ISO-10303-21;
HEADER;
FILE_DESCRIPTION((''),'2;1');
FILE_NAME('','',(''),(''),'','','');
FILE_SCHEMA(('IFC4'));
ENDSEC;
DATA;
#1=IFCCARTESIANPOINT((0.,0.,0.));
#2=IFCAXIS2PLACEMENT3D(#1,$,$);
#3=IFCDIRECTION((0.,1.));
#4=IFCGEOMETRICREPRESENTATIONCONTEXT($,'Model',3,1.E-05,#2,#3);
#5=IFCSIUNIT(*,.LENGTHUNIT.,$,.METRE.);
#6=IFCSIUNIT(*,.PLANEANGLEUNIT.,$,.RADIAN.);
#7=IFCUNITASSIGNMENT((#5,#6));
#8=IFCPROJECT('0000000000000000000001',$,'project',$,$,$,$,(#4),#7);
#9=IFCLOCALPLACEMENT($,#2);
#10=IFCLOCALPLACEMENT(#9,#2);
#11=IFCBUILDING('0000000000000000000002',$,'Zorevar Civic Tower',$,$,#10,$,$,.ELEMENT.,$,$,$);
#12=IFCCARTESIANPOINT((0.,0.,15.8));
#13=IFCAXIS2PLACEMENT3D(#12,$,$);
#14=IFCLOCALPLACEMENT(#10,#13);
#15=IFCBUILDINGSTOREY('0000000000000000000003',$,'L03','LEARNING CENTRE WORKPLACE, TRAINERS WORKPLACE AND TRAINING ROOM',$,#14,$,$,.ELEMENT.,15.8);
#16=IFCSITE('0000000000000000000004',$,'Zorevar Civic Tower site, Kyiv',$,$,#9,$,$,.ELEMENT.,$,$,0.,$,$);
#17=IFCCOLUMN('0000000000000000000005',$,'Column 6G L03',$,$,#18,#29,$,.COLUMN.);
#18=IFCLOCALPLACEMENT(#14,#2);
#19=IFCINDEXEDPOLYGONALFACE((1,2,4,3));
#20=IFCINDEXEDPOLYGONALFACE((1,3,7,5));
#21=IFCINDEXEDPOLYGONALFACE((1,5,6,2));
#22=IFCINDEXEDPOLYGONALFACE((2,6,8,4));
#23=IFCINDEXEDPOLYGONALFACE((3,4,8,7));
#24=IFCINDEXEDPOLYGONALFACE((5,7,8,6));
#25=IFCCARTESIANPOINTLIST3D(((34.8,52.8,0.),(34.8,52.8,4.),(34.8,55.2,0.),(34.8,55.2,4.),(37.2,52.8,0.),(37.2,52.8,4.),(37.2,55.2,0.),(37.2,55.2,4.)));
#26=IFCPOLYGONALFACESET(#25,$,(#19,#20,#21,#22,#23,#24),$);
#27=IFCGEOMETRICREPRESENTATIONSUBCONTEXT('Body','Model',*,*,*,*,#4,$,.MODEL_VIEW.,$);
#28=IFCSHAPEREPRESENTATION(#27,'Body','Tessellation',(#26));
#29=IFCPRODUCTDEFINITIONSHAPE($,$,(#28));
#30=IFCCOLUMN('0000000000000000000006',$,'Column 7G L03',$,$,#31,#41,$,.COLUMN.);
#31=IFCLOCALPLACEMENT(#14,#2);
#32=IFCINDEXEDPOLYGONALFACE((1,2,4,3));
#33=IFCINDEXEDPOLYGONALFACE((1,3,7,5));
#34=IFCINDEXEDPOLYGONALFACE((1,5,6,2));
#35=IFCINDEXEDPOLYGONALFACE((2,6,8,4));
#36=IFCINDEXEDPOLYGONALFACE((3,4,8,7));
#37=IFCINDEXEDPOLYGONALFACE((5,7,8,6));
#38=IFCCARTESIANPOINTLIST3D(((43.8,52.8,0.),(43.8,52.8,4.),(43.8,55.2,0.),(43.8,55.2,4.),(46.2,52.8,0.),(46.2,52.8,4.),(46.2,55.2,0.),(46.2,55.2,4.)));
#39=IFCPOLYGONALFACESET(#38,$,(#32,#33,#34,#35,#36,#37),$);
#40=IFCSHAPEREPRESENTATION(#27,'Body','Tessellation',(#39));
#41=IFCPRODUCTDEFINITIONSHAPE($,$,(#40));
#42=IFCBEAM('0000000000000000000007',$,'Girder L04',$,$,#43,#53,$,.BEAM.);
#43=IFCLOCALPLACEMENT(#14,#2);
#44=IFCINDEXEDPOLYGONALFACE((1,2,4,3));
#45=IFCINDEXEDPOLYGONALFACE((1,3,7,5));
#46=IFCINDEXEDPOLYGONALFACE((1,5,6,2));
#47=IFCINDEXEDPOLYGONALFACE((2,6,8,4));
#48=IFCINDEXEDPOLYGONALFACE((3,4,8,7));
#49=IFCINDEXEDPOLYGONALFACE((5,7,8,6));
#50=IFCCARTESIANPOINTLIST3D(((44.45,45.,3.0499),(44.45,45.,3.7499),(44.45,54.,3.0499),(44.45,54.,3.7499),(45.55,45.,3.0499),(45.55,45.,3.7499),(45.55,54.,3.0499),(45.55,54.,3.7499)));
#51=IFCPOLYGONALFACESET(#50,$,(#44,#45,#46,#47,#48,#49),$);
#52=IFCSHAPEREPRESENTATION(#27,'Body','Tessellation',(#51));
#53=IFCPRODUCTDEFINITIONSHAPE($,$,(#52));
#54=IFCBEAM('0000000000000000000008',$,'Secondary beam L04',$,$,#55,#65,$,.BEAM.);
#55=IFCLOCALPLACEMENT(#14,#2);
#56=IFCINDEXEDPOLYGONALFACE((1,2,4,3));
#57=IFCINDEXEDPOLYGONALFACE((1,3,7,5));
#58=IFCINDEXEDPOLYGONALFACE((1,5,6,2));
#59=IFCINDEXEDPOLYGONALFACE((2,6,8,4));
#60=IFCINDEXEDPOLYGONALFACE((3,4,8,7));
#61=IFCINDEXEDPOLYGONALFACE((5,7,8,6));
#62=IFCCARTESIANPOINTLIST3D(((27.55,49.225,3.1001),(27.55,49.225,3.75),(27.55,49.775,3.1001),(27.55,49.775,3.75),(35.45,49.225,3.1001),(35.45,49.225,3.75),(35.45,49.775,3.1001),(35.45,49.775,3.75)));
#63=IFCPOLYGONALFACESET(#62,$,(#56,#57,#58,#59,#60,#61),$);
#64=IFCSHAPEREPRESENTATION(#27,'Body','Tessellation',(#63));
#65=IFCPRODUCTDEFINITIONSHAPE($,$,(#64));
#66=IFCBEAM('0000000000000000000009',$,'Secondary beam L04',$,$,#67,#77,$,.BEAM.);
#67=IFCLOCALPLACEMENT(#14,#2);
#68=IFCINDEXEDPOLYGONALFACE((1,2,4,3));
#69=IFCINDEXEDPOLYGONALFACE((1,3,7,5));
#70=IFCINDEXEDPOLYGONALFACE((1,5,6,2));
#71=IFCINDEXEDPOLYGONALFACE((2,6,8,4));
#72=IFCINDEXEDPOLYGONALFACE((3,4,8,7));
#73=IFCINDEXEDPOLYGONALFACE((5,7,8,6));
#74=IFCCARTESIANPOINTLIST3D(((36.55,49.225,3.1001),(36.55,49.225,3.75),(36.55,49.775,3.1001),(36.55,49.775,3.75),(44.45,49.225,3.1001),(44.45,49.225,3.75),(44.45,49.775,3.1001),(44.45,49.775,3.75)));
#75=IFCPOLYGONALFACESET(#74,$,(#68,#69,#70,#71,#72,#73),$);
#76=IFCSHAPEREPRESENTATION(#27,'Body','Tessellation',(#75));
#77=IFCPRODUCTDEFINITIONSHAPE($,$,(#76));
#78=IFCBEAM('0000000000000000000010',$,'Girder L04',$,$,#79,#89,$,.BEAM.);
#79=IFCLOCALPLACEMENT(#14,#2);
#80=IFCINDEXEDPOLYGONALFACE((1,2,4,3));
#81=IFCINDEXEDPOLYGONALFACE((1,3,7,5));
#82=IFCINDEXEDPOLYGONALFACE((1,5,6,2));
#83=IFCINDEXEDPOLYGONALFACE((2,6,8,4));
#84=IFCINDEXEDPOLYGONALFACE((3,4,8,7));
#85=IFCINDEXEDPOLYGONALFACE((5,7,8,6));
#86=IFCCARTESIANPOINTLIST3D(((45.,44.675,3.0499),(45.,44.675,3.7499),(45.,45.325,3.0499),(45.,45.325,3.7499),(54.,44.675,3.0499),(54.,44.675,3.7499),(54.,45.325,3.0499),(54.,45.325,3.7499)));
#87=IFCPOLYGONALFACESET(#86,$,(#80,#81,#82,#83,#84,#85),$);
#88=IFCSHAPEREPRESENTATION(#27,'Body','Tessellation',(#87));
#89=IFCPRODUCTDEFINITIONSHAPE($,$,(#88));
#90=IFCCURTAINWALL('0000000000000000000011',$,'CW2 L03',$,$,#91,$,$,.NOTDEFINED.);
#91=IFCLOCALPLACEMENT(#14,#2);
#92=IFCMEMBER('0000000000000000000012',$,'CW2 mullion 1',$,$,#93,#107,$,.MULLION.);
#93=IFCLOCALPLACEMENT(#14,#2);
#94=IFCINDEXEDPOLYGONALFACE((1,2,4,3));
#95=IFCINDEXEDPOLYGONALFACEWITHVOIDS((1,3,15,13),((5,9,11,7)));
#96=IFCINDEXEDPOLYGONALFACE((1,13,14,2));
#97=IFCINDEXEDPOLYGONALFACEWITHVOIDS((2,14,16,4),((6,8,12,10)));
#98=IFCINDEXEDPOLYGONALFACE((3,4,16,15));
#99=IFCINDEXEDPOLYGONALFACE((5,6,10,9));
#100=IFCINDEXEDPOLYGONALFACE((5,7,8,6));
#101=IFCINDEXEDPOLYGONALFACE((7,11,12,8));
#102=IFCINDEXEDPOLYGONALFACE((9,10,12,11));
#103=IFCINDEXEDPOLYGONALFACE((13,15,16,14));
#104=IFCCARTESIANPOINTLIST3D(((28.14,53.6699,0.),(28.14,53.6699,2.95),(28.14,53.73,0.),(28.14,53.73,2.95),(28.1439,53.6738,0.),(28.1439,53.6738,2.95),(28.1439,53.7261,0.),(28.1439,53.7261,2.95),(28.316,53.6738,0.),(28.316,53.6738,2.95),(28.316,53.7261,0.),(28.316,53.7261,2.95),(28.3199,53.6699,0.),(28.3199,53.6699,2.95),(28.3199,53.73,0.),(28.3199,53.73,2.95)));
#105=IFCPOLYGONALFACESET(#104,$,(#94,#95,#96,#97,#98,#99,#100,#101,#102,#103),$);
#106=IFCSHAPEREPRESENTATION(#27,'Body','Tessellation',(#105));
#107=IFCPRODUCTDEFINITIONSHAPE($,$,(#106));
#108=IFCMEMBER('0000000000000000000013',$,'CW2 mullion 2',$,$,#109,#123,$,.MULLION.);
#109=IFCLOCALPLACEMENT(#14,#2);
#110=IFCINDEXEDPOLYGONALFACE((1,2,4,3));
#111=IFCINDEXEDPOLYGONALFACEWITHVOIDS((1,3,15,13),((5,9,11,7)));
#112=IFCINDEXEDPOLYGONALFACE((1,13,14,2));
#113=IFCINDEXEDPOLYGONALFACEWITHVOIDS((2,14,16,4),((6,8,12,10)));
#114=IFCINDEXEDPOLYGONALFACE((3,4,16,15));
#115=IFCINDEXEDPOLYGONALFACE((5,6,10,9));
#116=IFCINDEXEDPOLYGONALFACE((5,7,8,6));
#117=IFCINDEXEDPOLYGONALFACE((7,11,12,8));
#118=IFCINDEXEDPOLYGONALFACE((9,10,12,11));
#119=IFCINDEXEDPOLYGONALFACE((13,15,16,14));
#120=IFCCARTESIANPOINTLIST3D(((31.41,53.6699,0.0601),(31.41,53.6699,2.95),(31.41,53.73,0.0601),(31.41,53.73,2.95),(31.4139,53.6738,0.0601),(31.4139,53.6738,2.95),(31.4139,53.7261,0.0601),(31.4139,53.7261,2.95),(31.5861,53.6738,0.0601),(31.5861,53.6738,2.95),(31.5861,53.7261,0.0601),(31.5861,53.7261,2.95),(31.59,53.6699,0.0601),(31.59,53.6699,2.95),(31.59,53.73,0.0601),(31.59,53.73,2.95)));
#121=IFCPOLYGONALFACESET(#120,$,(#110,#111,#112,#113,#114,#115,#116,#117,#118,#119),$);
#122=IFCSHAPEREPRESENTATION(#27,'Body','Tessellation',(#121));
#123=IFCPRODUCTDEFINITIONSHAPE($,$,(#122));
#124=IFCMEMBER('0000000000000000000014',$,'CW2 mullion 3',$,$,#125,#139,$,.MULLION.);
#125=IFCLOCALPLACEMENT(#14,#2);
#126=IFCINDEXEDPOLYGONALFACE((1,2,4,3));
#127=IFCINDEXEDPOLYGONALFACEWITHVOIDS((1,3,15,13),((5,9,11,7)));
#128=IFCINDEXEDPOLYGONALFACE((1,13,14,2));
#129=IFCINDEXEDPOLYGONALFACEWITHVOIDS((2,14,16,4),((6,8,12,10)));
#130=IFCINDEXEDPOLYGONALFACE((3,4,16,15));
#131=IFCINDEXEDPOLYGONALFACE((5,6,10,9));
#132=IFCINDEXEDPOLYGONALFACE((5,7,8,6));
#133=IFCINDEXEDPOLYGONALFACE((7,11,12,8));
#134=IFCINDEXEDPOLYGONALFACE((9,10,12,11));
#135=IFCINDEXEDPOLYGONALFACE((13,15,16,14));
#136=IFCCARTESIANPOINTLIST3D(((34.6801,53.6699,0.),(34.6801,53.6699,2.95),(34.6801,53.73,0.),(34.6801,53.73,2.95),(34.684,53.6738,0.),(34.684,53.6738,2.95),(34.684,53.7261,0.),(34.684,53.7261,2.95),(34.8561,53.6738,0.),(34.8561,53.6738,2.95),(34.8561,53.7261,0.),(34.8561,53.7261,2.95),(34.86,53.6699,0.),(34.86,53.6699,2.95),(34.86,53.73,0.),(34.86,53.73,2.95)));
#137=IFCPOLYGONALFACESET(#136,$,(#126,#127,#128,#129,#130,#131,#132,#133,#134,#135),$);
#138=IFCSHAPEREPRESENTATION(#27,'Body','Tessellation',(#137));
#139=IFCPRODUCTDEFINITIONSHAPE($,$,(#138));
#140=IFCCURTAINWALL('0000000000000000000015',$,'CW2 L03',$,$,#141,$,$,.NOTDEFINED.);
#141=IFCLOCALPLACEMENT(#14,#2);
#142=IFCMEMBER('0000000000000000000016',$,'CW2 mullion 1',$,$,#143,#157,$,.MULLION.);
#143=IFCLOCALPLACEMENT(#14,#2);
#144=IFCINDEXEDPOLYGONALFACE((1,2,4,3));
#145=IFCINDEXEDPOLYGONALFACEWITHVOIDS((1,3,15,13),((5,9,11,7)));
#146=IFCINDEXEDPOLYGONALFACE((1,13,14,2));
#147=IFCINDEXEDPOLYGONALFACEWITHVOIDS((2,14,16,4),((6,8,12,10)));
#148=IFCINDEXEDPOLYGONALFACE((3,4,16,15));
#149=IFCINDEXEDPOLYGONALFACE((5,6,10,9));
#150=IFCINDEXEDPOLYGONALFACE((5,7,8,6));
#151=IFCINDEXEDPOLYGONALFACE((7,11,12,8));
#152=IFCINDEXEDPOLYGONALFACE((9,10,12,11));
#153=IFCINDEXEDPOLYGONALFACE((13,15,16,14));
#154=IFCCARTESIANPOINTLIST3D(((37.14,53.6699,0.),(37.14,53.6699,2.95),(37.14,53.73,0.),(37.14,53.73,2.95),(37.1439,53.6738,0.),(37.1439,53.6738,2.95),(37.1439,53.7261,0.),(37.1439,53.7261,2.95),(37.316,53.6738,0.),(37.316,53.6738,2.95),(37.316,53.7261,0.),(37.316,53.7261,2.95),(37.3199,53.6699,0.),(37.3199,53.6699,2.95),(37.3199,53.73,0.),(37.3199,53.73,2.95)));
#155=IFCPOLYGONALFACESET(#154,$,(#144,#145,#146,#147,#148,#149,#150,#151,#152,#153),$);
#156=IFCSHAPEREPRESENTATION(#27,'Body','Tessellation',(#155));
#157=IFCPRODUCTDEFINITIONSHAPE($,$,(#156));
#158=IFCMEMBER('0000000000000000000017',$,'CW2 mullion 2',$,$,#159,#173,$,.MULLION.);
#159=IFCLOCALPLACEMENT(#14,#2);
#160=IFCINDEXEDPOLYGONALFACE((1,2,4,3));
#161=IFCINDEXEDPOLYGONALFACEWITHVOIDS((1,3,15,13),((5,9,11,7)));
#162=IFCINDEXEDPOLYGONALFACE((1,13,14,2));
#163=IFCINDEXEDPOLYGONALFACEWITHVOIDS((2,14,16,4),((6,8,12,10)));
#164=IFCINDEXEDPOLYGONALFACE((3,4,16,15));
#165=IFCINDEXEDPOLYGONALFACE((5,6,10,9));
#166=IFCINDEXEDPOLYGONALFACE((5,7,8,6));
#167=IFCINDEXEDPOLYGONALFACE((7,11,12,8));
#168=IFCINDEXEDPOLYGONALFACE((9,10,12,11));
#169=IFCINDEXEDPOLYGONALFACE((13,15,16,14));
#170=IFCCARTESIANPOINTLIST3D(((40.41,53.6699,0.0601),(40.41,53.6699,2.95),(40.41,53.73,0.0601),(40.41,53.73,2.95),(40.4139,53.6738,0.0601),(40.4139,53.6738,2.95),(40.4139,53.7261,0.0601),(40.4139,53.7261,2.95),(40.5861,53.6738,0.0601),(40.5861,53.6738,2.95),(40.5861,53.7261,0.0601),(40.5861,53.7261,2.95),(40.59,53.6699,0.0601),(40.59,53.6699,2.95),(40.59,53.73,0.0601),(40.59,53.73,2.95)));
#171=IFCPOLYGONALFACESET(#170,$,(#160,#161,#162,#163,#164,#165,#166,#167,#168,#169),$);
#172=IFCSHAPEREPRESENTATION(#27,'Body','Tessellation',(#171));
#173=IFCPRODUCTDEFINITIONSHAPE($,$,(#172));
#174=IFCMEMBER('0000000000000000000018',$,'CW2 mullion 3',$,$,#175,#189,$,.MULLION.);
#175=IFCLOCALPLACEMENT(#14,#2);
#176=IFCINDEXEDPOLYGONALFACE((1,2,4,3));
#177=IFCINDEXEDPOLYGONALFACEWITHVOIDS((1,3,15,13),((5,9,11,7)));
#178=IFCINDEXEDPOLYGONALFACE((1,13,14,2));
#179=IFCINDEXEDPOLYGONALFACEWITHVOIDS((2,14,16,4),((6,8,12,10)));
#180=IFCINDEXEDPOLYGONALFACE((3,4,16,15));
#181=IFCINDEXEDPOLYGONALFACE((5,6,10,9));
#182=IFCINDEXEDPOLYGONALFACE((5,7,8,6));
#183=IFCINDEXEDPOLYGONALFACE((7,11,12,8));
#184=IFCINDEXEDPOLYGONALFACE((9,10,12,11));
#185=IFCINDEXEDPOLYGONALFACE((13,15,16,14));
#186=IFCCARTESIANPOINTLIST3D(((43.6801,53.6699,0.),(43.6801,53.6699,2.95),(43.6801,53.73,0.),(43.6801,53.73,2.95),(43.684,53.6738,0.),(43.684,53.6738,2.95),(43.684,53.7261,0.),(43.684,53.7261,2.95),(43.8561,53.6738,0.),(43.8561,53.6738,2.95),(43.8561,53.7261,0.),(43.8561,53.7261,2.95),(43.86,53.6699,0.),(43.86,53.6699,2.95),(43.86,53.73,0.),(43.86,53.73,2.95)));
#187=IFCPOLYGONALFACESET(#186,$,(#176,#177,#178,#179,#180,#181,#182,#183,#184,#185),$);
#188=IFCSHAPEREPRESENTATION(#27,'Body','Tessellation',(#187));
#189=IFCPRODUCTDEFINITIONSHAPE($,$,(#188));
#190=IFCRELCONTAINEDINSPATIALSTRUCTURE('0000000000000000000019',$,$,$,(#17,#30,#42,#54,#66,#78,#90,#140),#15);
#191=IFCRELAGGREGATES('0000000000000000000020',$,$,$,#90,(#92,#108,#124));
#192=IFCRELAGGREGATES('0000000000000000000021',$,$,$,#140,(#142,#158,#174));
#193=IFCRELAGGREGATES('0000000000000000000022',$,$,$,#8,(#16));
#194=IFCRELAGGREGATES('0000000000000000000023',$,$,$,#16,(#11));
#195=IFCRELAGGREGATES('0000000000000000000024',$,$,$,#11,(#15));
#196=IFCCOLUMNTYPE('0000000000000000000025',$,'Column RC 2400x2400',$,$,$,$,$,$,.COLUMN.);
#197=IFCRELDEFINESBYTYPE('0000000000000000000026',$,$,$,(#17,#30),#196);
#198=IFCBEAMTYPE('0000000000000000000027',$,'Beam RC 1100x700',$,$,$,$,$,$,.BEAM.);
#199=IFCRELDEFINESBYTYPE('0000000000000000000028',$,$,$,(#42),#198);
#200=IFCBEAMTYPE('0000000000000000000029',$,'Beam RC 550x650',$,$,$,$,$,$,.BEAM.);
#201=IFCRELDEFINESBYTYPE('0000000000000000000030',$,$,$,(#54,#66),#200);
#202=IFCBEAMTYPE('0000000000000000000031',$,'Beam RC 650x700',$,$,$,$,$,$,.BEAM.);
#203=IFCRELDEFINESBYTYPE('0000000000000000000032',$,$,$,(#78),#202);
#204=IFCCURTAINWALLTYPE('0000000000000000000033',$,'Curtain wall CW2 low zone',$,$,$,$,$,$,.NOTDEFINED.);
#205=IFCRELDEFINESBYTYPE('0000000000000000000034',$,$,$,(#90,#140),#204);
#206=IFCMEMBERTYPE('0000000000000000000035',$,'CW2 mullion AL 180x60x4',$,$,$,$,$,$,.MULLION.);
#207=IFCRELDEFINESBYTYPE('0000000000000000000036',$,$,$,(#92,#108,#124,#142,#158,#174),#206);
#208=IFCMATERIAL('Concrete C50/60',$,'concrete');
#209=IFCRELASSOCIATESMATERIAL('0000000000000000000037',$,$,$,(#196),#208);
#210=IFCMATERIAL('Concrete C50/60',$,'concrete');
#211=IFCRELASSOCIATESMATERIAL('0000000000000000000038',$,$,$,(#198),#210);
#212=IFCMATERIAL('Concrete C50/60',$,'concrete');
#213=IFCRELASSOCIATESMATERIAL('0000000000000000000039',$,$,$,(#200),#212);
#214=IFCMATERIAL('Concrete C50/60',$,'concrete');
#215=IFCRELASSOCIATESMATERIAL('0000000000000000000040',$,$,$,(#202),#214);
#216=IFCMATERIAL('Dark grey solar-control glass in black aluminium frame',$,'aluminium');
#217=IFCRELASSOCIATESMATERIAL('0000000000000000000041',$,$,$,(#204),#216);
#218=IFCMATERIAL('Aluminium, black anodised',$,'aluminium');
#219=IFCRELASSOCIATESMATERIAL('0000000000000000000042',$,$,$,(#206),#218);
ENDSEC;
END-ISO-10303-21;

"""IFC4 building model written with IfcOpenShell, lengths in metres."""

from ifc_helpers import new_model, si_unit, direction, frame, origin, origin_2d, place, context, subcontext, project, spatial, rectangle, hollow_rectangle, extrude, material, material_profile, profile_set, type_object, element, aggregate, save


model = new_model("IFC4")

# Units and contexts
model_context = context("Model", 3, precision=1e-05, world=origin(), true_north=direction((0.0, 1.0)))
body_context = subcontext(model_context, "Body", "Model", "MODEL_VIEW")
ifc_project = project(units=[si_unit("LENGTHUNIT", "METRE"), si_unit("PLANEANGLEUNIT", "RADIAN")], contexts=[model_context])

# Site, building, storey
site_placement = place(None, origin())
site = spatial("IfcSite", under=ifc_project, at=site_placement, Name="Zorevar Civic Tower site, Kyiv", CompositionType="ELEMENT", RefElevation=0.0)
building_placement = place(site_placement, origin())
building = spatial("IfcBuilding", under=site, at=building_placement, Name="Zorevar Civic Tower", CompositionType="ELEMENT")
storey_placement = place(building_placement, frame((0.0, 0.0, 15.8)))
storey = spatial("IfcBuildingStorey", under=building, at=storey_placement, Name="L03", Description="LEARNING CENTRE WORKPLACE, TRAINERS WORKPLACE AND TRAINING ROOM", CompositionType="ELEMENT", Elevation=15.8)

# Columns
ifc_material_1 = material(Name="Concrete C50/60", Category="concrete")
ifc_material_profile_1 = material_profile(ifc_material_1, rectangle(XDim=2.3999, YDim=2.3999, at=origin_2d()), Name="RC 2400x2400")
ifc_profile_set_1 = profile_set([ifc_material_profile_1], Name="Concrete C50/60")
column_type = type_object("IfcColumnType", Name="Column RC 2400x2400", PredefinedType="COLUMN", material=ifc_profile_set_1)
for number, where, z_axis, x_axis, name in (
    (1, (36.0, 54.0, 0.0), (0.0, 0.0, 1.0), (1.0, 0.0, 0.0), "Column 6G L03"),
    (2, (45.0, 54.0, 0.0), (0.0, 0.0, 1.0), (1.0, 0.0, 0.0), "Column 7G L03"),
):
    element("IfcColumn", number, at=place(storey_placement, frame(where, z_axis=z_axis, x_axis=x_axis)), inside=storey, type_object=column_type, Name=name, PredefinedType="COLUMN", context=body_context, shape_type="SweptSolid", body=[
        extrude(rectangle(XDim=2.3999, YDim=2.3999, at=origin_2d()), origin(), (0.0, 0.0, 1.0), 4.0),
    ])

# Beams
ifc_material_2 = material(Name="Concrete C50/60", Category="concrete")
ifc_material_profile_2 = material_profile(ifc_material_2, rectangle(XDim=1.1001, YDim=0.7, at=origin_2d()), Name="RC 1100x700")
ifc_profile_set_2 = profile_set([ifc_material_profile_2], Name="Concrete C50/60")
beam_type_1 = type_object("IfcBeamType", Name="Beam RC 1100x700", PredefinedType="BEAM", material=ifc_profile_set_2)
beam_1_placement = place(storey_placement, frame((45.0, 45.0, 3.3999), z_axis=(0.0, 1.0, 0.0), x_axis=(-1.0, 0.0, 0.0)))
element("IfcBeam", 3, at=beam_1_placement, inside=storey, type_object=beam_type_1, Name="Girder L04", PredefinedType="BEAM", context=body_context, shape_type="SweptSolid", body=[
    extrude(rectangle(XDim=1.1001, YDim=0.7, at=origin_2d()), origin(), (0.0, 0.0, 1.0), 9.0),
])
ifc_material_3 = material(Name="Concrete C50/60", Category="concrete")
ifc_material_profile_3 = material_profile(ifc_material_3, rectangle(XDim=0.55, YDim=0.6499, at=origin_2d()), Name="RC 550x650")
ifc_profile_set_3 = profile_set([ifc_material_profile_3], Name="Concrete C50/60")
beam_type_2 = type_object("IfcBeamType", Name="Beam RC 550x650", PredefinedType="BEAM", material=ifc_profile_set_3)
for number, where, z_axis, x_axis, name in (
    (4, (27.55, 49.5, 3.425), (1.0, 0.0, 0.0), (0.0, 1.0, 0.0), "Secondary beam L04"),
    (5, (36.55, 49.5, 3.425), (1.0, 0.0, 0.0), (0.0, 1.0, 0.0), "Secondary beam L04"),
):
    element("IfcBeam", number, at=place(storey_placement, frame(where, z_axis=z_axis, x_axis=x_axis)), inside=storey, type_object=beam_type_2, Name=name, PredefinedType="BEAM", context=body_context, shape_type="SweptSolid", body=[
        extrude(rectangle(XDim=0.55, YDim=0.6499, at=origin_2d()), origin(), (0.0, 0.0, 1.0), 7.8999),
    ])
ifc_material_4 = material(Name="Concrete C50/60", Category="concrete")
ifc_material_profile_4 = material_profile(ifc_material_4, rectangle(XDim=0.6499, YDim=0.7, at=origin_2d()), Name="RC 650x700")
ifc_profile_set_4 = profile_set([ifc_material_profile_4], Name="Concrete C50/60")
beam_type_3 = type_object("IfcBeamType", Name="Beam RC 650x700", PredefinedType="BEAM", material=ifc_profile_set_4)
beam_2_placement = place(storey_placement, frame((45.0, 45.0, 3.3999), z_axis=(1.0, 0.0, 0.0), x_axis=(0.0, 1.0, 0.0)))
element("IfcBeam", 6, at=beam_2_placement, inside=storey, type_object=beam_type_3, Name="Girder L04", PredefinedType="BEAM", context=body_context, shape_type="SweptSolid", body=[
    extrude(rectangle(XDim=0.6499, YDim=0.7, at=origin_2d()), origin(), (0.0, 0.0, 1.0), 9.0),
])

# Curtain walls, members
ifc_material_5 = material(Name="Dark grey solar-control glass in black aluminium frame", Category="aluminium")
curtain_wall_type = type_object("IfcCurtainWallType", Name="Curtain wall CW2 low zone", PredefinedType="NOTDEFINED", material=ifc_material_5)
curtain_wall_1_placement = place(storey_placement, origin())
curtain_wall_1 = element("IfcCurtainWall", 7, at=curtain_wall_1_placement, inside=storey, type_object=curtain_wall_type, Name="CW2 L03", PredefinedType="NOTDEFINED")
ifc_material_6 = material(Name="Aluminium, black anodised", Category="aluminium")
ifc_material_profile_5 = material_profile(ifc_material_6, hollow_rectangle(XDim=0.0601, YDim=0.1799, WallThickness=0.0039, at=origin_2d()), Name="AL 180x60x4")
ifc_profile_set_5 = profile_set([ifc_material_profile_5], Name="Aluminium, black anodised")
member_type_1 = type_object("IfcMemberType", Name="CW2 mullion AL 180x60x4", PredefinedType="MULLION", material=ifc_profile_set_5)
member_1_placement = place(storey_placement, frame((28.23, 53.7, 0.0), z_axis=(0.0, 0.0, 1.0), x_axis=(0.0, 1.0, 0.0)))
member_1 = element("IfcMember", 8, at=member_1_placement, type_object=member_type_1, Name="CW2 mullion 1", PredefinedType="MULLION", context=body_context, shape_type="SweptSolid", body=[
    extrude(hollow_rectangle(XDim=0.0601, YDim=0.1799, WallThickness=0.0039, at=origin_2d()), origin(), (0.0, 0.0, 1.0), 2.95),
])
member_2_placement = place(storey_placement, frame((31.5, 53.7, 0.0601), z_axis=(0.0, 0.0, 1.0), x_axis=(0.0, 1.0, 0.0)))
member_2 = element("IfcMember", 9, at=member_2_placement, type_object=member_type_1, Name="CW2 mullion 2", PredefinedType="MULLION", context=body_context, shape_type="SweptSolid", body=[
    extrude(hollow_rectangle(XDim=0.0601, YDim=0.1799, WallThickness=0.0039, at=origin_2d()), origin(), (0.0, 0.0, 1.0), 2.8899),
])
member_3_placement = place(storey_placement, frame((34.77, 53.7, 0.0), z_axis=(0.0, 0.0, 1.0), x_axis=(0.0, 1.0, 0.0)))
member_3 = element("IfcMember", 10, at=member_3_placement, type_object=member_type_1, Name="CW2 mullion 3", PredefinedType="MULLION", context=body_context, shape_type="SweptSolid", body=[
    extrude(hollow_rectangle(XDim=0.0601, YDim=0.1799, WallThickness=0.0039, at=origin_2d()), origin(), (0.0, 0.0, 1.0), 2.95),
])
curtain_wall_2_placement = place(storey_placement, origin())
curtain_wall_2 = element("IfcCurtainWall", 11, at=curtain_wall_2_placement, inside=storey, type_object=curtain_wall_type, Name="CW2 L03", PredefinedType="NOTDEFINED")
member_4_placement = place(storey_placement, frame((37.23, 53.7, 0.0), z_axis=(0.0, 0.0, 1.0), x_axis=(0.0, 1.0, 0.0)))
member_4 = element("IfcMember", 12, at=member_4_placement, type_object=member_type_1, Name="CW2 mullion 1", PredefinedType="MULLION", context=body_context, shape_type="SweptSolid", body=[
    extrude(hollow_rectangle(XDim=0.0601, YDim=0.1799, WallThickness=0.0039, at=origin_2d()), origin(), (0.0, 0.0, 1.0), 2.95),
])
member_5_placement = place(storey_placement, frame((40.5, 53.7, 0.0601), z_axis=(0.0, 0.0, 1.0), x_axis=(0.0, 1.0, 0.0)))
member_5 = element("IfcMember", 13, at=member_5_placement, type_object=member_type_1, Name="CW2 mullion 2", PredefinedType="MULLION", context=body_context, shape_type="SweptSolid", body=[
    extrude(hollow_rectangle(XDim=0.0601, YDim=0.1799, WallThickness=0.0039, at=origin_2d()), origin(), (0.0, 0.0, 1.0), 2.8899),
])
member_6_placement = place(storey_placement, frame((43.77, 53.7, 0.0), z_axis=(0.0, 0.0, 1.0), x_axis=(0.0, 1.0, 0.0)))
member_6 = element("IfcMember", 14, at=member_6_placement, type_object=member_type_1, Name="CW2 mullion 3", PredefinedType="MULLION", context=body_context, shape_type="SweptSolid", body=[
    extrude(hollow_rectangle(XDim=0.0601, YDim=0.1799, WallThickness=0.0039, at=origin_2d()), origin(), (0.0, 0.0, 1.0), 2.95),
])

aggregate(curtain_wall_1, [member_1, member_2, member_3])
aggregate(curtain_wall_2, [member_4, member_5, member_6])

save(model, "model.ifc")
